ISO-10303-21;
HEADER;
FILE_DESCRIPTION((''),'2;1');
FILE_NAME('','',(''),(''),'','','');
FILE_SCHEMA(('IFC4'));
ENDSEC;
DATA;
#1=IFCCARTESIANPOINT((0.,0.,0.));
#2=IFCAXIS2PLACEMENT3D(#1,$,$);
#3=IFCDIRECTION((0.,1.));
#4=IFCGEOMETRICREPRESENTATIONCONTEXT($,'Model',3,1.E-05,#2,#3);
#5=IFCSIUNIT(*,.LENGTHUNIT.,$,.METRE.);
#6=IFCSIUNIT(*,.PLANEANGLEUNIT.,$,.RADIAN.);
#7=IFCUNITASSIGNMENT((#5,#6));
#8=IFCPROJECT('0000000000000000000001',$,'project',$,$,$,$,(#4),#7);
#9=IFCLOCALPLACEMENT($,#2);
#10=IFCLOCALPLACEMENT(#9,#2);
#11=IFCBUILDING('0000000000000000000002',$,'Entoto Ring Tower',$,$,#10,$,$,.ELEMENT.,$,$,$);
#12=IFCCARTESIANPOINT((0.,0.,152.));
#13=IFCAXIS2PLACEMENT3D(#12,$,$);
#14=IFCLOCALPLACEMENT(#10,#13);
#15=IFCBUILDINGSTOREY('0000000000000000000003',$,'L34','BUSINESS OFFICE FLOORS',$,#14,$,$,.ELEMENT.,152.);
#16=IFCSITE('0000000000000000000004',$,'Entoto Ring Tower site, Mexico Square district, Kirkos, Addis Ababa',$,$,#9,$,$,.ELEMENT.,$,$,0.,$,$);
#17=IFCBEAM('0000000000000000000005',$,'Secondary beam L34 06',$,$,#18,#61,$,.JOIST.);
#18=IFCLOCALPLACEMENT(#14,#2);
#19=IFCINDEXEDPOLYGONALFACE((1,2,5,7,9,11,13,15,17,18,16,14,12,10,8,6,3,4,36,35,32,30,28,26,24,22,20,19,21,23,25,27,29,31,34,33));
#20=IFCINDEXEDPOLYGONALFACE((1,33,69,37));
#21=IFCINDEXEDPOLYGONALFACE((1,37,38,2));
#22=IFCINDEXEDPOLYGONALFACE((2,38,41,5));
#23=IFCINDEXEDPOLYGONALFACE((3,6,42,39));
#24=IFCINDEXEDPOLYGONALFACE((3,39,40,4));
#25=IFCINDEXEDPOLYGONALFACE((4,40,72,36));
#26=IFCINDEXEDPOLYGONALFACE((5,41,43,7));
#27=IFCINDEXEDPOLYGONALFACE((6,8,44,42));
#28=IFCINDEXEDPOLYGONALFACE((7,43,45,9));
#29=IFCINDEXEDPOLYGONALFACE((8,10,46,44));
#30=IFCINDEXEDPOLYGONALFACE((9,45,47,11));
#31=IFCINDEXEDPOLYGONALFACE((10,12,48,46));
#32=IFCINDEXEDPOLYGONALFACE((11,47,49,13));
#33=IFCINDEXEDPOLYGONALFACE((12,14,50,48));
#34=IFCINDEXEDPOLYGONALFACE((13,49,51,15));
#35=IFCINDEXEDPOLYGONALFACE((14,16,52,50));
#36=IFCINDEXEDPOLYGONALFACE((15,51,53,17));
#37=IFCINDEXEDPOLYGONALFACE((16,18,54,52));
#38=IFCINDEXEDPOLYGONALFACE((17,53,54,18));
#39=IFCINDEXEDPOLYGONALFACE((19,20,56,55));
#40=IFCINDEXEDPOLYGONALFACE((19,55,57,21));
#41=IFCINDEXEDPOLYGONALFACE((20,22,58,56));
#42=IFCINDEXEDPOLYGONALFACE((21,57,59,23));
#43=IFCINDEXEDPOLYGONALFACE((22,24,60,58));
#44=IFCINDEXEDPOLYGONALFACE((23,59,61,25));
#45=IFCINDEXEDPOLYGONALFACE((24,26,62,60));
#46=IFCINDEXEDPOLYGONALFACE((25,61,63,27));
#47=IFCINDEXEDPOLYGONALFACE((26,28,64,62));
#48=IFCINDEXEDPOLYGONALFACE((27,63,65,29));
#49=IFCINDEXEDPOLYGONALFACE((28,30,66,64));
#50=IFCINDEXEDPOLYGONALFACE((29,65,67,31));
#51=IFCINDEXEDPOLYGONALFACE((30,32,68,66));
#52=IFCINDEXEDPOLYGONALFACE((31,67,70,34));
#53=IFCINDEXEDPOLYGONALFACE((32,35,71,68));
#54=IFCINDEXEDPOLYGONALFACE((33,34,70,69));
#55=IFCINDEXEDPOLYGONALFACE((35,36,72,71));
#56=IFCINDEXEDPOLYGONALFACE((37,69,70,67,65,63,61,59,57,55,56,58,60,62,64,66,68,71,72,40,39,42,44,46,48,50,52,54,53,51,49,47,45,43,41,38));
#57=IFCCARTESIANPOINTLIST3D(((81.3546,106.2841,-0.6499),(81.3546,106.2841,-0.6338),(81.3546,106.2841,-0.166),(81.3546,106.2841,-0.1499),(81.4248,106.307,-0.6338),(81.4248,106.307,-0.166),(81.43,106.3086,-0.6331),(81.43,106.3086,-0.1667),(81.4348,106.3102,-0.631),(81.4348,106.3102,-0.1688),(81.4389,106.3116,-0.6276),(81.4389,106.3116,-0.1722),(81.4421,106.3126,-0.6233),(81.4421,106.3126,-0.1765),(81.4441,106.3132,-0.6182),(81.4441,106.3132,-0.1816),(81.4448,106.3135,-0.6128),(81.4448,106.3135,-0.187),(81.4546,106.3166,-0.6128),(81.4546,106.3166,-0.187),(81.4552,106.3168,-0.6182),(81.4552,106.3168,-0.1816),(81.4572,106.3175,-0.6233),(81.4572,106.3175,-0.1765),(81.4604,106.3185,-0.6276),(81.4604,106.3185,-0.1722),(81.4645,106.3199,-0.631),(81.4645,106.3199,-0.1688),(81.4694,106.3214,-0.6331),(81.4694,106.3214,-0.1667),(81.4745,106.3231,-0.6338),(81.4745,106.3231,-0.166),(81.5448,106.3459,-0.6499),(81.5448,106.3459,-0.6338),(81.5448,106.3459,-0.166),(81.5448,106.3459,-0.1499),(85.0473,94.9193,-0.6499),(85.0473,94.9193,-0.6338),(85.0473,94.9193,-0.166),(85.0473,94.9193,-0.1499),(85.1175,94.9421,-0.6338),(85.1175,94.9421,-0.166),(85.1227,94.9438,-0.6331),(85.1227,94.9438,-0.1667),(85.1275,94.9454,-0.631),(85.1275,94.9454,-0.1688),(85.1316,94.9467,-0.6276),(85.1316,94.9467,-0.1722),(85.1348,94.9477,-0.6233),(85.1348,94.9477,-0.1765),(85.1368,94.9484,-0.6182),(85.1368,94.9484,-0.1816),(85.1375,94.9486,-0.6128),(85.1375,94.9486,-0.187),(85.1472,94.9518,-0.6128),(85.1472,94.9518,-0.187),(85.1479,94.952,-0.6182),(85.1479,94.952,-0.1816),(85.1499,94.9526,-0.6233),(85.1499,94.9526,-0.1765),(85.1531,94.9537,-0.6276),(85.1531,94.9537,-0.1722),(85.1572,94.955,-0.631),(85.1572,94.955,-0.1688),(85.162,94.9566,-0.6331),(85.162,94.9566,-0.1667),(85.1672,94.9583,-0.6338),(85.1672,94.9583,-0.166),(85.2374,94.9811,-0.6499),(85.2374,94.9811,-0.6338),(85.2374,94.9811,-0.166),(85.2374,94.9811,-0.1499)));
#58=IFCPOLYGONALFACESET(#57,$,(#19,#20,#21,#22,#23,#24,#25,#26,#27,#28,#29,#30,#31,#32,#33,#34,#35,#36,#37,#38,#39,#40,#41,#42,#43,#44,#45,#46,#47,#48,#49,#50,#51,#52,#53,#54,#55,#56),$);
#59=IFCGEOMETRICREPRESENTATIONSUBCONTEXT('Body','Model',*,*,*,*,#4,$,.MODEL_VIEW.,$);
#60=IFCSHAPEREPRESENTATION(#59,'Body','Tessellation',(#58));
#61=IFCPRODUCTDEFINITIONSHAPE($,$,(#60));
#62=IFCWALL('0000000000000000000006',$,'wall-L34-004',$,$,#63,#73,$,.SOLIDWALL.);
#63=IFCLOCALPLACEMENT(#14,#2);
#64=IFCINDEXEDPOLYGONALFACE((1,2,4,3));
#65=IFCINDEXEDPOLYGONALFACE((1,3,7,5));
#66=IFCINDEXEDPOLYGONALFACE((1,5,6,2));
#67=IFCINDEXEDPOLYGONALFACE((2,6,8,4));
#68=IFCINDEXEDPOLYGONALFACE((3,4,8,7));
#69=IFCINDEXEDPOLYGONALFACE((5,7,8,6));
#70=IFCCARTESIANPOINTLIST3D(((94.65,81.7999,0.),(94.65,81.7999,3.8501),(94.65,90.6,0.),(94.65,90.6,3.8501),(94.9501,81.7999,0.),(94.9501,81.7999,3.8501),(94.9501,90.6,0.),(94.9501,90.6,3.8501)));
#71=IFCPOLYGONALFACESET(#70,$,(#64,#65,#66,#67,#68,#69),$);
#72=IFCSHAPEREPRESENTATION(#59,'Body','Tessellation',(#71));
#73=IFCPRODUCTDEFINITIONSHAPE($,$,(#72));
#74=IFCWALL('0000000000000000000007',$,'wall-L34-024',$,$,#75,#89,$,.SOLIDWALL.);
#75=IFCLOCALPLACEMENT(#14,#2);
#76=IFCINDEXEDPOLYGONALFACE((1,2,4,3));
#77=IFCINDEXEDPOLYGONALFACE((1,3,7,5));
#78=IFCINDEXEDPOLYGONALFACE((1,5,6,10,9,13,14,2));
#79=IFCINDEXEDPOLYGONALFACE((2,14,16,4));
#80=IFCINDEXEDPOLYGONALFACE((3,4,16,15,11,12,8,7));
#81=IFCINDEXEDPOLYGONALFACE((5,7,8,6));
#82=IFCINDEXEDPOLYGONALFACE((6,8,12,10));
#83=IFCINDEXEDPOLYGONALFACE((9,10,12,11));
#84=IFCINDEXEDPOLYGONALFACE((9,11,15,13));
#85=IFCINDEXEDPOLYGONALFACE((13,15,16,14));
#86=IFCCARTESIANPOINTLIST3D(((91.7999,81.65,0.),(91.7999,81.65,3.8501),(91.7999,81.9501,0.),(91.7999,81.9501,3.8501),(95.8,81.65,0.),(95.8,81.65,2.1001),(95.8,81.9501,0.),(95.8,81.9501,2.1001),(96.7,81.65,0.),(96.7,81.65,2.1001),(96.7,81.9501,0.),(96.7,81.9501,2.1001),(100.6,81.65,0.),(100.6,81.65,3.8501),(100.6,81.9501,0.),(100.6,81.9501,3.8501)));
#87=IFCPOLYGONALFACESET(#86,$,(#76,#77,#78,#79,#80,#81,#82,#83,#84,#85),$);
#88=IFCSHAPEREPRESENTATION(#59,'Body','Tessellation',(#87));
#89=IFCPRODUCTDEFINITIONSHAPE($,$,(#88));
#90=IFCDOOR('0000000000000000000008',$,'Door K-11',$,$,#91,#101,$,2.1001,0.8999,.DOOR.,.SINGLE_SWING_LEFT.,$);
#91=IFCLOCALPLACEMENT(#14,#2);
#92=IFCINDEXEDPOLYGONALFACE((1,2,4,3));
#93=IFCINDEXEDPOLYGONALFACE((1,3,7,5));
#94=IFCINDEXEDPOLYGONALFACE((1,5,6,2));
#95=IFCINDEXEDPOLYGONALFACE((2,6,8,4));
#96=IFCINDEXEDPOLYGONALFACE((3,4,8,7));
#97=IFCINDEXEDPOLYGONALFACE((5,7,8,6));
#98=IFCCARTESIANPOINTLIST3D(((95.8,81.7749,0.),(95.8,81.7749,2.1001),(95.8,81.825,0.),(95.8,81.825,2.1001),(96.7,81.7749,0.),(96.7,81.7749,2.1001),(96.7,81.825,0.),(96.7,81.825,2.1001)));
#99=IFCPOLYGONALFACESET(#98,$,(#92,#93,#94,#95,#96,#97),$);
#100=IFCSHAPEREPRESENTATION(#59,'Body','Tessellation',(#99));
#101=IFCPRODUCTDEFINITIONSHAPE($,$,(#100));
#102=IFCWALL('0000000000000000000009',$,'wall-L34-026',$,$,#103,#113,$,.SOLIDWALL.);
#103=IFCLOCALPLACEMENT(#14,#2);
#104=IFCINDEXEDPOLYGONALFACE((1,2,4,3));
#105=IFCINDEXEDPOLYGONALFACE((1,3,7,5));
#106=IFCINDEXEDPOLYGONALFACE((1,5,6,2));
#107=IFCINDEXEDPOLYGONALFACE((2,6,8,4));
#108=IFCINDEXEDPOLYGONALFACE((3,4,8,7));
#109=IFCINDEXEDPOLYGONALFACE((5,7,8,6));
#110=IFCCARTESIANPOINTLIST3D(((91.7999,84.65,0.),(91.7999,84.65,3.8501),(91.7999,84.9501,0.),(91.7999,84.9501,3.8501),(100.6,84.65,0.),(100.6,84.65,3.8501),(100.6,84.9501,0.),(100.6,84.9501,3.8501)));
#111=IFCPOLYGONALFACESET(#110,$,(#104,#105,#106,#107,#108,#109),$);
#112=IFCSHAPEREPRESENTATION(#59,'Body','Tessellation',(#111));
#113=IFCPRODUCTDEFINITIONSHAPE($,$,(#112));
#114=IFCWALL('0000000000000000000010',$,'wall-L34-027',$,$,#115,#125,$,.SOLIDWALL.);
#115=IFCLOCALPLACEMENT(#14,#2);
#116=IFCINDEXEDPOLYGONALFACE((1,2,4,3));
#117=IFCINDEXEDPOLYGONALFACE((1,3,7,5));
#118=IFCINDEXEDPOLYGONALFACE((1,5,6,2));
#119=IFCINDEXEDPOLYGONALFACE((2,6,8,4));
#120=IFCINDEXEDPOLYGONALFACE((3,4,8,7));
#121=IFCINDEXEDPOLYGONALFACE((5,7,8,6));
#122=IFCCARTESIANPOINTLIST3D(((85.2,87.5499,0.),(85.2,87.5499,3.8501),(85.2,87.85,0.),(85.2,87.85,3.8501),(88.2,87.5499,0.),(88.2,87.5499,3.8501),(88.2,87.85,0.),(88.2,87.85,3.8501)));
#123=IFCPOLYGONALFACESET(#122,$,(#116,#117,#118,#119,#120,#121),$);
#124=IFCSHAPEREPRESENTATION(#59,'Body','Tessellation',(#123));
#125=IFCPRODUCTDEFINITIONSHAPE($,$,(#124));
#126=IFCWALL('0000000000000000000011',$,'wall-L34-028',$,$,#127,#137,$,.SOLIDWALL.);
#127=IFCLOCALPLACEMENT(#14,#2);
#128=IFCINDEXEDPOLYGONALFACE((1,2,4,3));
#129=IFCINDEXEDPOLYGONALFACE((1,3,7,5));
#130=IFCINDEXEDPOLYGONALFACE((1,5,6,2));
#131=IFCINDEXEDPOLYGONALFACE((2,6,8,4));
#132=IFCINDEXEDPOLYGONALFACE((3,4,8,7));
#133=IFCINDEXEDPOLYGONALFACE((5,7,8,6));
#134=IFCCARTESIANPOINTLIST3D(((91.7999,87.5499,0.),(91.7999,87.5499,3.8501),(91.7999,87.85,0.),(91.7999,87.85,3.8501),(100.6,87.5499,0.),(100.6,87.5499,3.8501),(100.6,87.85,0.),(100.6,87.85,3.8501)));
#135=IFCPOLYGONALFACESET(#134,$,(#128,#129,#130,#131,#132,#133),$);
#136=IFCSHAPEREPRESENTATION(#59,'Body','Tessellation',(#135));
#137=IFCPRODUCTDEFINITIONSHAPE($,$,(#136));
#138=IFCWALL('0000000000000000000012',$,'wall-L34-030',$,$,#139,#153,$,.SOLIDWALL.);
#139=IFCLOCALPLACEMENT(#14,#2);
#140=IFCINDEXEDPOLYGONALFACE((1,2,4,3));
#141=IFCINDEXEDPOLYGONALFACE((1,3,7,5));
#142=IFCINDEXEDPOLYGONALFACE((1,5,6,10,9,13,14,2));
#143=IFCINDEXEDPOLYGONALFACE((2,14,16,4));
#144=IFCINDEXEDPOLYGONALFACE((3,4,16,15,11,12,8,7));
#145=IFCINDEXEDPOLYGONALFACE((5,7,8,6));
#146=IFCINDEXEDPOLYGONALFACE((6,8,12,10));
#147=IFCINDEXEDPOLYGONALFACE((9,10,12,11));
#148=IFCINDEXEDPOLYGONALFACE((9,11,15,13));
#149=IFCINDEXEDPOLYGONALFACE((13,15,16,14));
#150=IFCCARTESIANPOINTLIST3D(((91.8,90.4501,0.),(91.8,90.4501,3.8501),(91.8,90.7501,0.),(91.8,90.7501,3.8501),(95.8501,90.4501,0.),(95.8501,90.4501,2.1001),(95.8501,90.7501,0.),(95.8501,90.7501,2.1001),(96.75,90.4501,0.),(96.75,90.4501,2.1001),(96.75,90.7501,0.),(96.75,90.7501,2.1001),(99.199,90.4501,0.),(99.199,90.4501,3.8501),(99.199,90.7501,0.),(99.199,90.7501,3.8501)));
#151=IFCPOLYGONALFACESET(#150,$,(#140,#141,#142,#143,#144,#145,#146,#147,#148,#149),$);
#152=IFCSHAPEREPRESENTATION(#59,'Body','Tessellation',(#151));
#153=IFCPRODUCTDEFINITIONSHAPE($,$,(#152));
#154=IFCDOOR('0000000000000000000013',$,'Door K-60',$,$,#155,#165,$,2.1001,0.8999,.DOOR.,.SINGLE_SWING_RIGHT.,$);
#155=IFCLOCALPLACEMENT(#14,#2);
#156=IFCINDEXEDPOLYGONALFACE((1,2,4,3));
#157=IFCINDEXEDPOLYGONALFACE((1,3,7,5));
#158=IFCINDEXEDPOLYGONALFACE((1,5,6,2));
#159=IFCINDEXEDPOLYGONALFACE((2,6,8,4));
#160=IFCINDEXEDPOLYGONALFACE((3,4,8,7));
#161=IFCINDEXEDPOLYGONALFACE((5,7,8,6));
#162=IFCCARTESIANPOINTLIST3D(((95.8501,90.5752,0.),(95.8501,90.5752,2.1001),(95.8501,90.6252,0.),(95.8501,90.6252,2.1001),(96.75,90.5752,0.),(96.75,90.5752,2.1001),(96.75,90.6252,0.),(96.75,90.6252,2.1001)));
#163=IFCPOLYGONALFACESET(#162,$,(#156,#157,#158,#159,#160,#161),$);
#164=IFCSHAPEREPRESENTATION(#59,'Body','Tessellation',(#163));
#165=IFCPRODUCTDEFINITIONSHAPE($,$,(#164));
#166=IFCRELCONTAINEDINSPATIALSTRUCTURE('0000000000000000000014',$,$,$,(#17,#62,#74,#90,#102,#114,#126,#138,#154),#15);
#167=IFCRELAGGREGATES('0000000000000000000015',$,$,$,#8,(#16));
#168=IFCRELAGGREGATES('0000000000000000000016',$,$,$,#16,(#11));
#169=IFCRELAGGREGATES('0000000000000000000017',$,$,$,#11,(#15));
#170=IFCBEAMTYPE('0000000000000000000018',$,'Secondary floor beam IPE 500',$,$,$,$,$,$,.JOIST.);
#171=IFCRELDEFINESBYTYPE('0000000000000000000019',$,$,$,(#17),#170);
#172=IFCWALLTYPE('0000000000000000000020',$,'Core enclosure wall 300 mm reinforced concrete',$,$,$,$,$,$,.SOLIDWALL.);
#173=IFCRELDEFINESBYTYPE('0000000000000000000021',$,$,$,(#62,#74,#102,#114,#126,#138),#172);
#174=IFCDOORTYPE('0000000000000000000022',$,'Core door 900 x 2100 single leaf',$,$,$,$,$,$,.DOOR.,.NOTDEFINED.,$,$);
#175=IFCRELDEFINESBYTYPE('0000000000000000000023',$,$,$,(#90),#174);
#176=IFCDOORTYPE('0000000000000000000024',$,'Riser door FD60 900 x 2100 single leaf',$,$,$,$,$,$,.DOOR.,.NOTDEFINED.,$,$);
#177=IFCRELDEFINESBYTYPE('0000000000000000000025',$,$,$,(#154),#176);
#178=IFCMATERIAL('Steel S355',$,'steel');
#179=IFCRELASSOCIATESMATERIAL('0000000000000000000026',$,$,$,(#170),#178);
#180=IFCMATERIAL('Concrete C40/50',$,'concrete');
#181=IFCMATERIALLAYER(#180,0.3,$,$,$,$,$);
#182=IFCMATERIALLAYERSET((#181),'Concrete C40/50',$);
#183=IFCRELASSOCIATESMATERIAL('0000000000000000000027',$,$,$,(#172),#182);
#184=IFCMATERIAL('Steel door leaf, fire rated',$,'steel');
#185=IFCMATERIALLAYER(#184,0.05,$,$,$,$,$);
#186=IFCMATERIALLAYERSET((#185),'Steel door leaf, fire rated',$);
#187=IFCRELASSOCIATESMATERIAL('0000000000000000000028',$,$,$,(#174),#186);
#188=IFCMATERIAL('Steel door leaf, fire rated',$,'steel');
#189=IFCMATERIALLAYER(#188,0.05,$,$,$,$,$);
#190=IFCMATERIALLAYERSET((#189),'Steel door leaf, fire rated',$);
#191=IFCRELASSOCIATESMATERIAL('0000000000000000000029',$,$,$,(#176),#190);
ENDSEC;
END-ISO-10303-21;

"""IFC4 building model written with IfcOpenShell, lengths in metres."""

from ifc_helpers import new_model, si_unit, direction, frame, frame_2d, origin, origin_2d, place, context, subcontext, project, spatial, rectangle, i_section, extrude, material, layer, layer_set, material_profile, profile_set, type_object, element, fill, save


model = new_model("IFC4")

# Units and contexts
model_context = context("Model", 3, precision=1e-05, world=origin(), true_north=direction((0.0, 1.0)))
body_context = subcontext(model_context, "Body", "Model", "MODEL_VIEW")
ifc_project = project(units=[si_unit("LENGTHUNIT", "METRE"), si_unit("PLANEANGLEUNIT", "RADIAN")], contexts=[model_context])

# Site, building, storey
site_placement = place(None, origin())
site = spatial("IfcSite", under=ifc_project, at=site_placement, Name="Entoto Ring Tower site, Mexico Square district, Kirkos, Addis Ababa", CompositionType="ELEMENT", RefElevation=0.0)
building_placement = place(site_placement, origin())
building = spatial("IfcBuilding", under=site, at=building_placement, Name="Entoto Ring Tower", CompositionType="ELEMENT")
storey_placement = place(building_placement, frame((0.0, 0.0, 152.0)))
storey = spatial("IfcBuildingStorey", under=building, at=storey_placement, Name="L34", Description="BUSINESS OFFICE FLOORS", CompositionType="ELEMENT", Elevation=152.0)

# Beam
ifc_material_1 = material(Name="Steel S355", Category="steel")
ifc_material_profile_1 = material_profile(ifc_material_1, i_section(OverallWidth=0.2, OverallDepth=0.5, WebThickness=0.0103, FlangeThickness=0.0161, FilletRadius=0.021, at=origin_2d()), Name="IPE 500")
ifc_profile_set_1 = profile_set([ifc_material_profile_1], Name="Steel S355")
beam_type_1 = type_object("IfcBeamType", Name="Secondary floor beam IPE 500", PredefinedType="JOIST", material=ifc_profile_set_1)
beam_1_placement = place(storey_placement, frame((85.1423, 94.9502, -0.3999), z_axis=(-0.309017, 0.951057, 0.0), x_axis=(-0.951057, -0.309017, 0.0)))
element("IfcBeam", 1, at=beam_1_placement, inside=storey, type_object=beam_type_1, Name="Secondary beam L34 06", PredefinedType="JOIST", context=body_context, shape_type="SweptSolid", body=[
    extrude(i_section(OverallWidth=0.2, OverallDepth=0.5, WebThickness=0.0103, FlangeThickness=0.0161, FilletRadius=0.021, at=origin_2d()), origin(), (0.0, 0.0, 1.0), 11.9497),
])

# Wall
ifc_material_2 = material(Name="Concrete C40/50", Category="concrete")
ifc_layer_1 = layer(ifc_material_2, 0.3)
ifc_layer_set_1 = layer_set([ifc_layer_1], Name="Concrete C40/50")
wall_type_1 = type_object("IfcWallType", Name="Core enclosure wall 300 mm reinforced concrete", PredefinedType="SOLIDWALL", material=ifc_layer_set_1)
wall_1_placement = place(storey_placement, frame((94.8, 81.8, 0.0), z_axis=(0.0, 0.0, 1.0), x_axis=(0.0, 1.0, 0.0)))
element("IfcWall", 2, at=wall_1_placement, inside=storey, type_object=wall_type_1, Name="wall-L34-004", PredefinedType="SOLIDWALL", context=body_context, shape_type="SweptSolid", body=[
    extrude(rectangle(XDim=8.8, YDim=0.3, at=frame_2d((4.3999, 0.0))), origin(), (0.0, 0.0, 1.0), 3.8501),
])

# Wall, opening, door
wall_2_placement = place(storey_placement, frame((91.8, 81.8, 0.0), z_axis=(0.0, 0.0, 1.0), x_axis=(1.0, 0.0, 0.0)))
wall_2 = element("IfcWall", 3, at=wall_2_placement, inside=storey, type_object=wall_type_1, Name="wall-L34-024", PredefinedType="SOLIDWALL", context=body_context, shape_type="SweptSolid", body=[
    extrude(rectangle(XDim=8.8, YDim=0.3, at=frame_2d((4.3999, 0.0))), origin(), (0.0, 0.0, 1.0), 3.8501),
])
opening_1_placement = place(wall_2_placement, frame((4.0, 0.0, 0.0)))
opening_1 = element("IfcOpeningElement", 4, at=opening_1_placement, cuts=wall_2, PredefinedType="OPENING", context=body_context, shape_type="SweptSolid", body=[
    extrude(rectangle(XDim=0.8999, YDim=2.1001, at=frame_2d((0.45, 1.05))), frame((0.0, 0.1602, 0.0), z_axis=(0.0, -1.0, 0.0), x_axis=(1.0, 0.0, 0.0)), (0.0, 0.0, 1.0), 0.3201),
])
ifc_material_3 = material(Name="Steel door leaf, fire rated", Category="steel")
ifc_layer_2 = layer(ifc_material_3, 0.05)
ifc_layer_set_2 = layer_set([ifc_layer_2], Name="Steel door leaf, fire rated")
door_type_1 = type_object("IfcDoorType", Name="Core door 900 x 2100 single leaf", OperationType="NOTDEFINED", PredefinedType="DOOR", material=ifc_layer_set_2)
door_1_placement = place(opening_1_placement, origin())
door_1 = element("IfcDoor", 5, at=door_1_placement, inside=storey, type_object=door_type_1, Name="Door K-11", OperationType="SINGLE_SWING_LEFT", OverallHeight=2.1001, OverallWidth=0.8999, PredefinedType="DOOR", context=body_context, shape_type="SweptSolid", body=[
    extrude(rectangle(XDim=0.8999, YDim=2.1001, at=frame_2d((0.45, 1.05))), frame((0.0, 0.0249, 0.0), z_axis=(0.0, -1.0, 0.0), x_axis=(1.0, 0.0, 0.0)), (0.0, 0.0, 1.0), 0.05),
])
fill(opening_1, door_1)

# Walls
wall_3_placement = place(storey_placement, frame((91.8, 84.8, 0.0), z_axis=(0.0, 0.0, 1.0), x_axis=(1.0, 0.0, 0.0)))
element("IfcWall", 6, at=wall_3_placement, inside=storey, type_object=wall_type_1, Name="wall-L34-026", PredefinedType="SOLIDWALL", context=body_context, shape_type="SweptSolid", body=[
    extrude(rectangle(XDim=8.8, YDim=0.3, at=frame_2d((4.3999, 0.0))), origin(), (0.0, 0.0, 1.0), 3.8501),
])
wall_4_placement = place(storey_placement, frame((85.2, 87.7, 0.0), z_axis=(0.0, 0.0, 1.0), x_axis=(1.0, 0.0, 0.0)))
element("IfcWall", 7, at=wall_4_placement, inside=storey, type_object=wall_type_1, Name="wall-L34-027", PredefinedType="SOLIDWALL", context=body_context, shape_type="SweptSolid", body=[
    extrude(rectangle(XDim=3.0, YDim=0.3, at=frame_2d((1.5, 0.0))), origin(), (0.0, 0.0, 1.0), 3.8501),
])
wall_5_placement = place(storey_placement, frame((91.8, 87.7, 0.0), z_axis=(0.0, 0.0, 1.0), x_axis=(1.0, 0.0, 0.0)))
element("IfcWall", 8, at=wall_5_placement, inside=storey, type_object=wall_type_1, Name="wall-L34-028", PredefinedType="SOLIDWALL", context=body_context, shape_type="SweptSolid", body=[
    extrude(rectangle(XDim=8.8, YDim=0.3, at=frame_2d((4.3999, 0.0))), origin(), (0.0, 0.0, 1.0), 3.8501),
])

# Wall, opening, door
wall_6_placement = place(storey_placement, frame((91.8, 90.6001, 0.0), z_axis=(0.0, 0.0, 1.0), x_axis=(1.0, 0.0, 0.0)))
wall_6 = element("IfcWall", 9, at=wall_6_placement, inside=storey, type_object=wall_type_1, Name="wall-L34-030", PredefinedType="SOLIDWALL", context=body_context, shape_type="SweptSolid", body=[
    extrude(rectangle(XDim=7.3989, YDim=0.3, at=frame_2d((3.6995, 0.0))), origin(), (0.0, 0.0, 1.0), 3.8501),
])
opening_2_placement = place(wall_6_placement, frame((4.05, 0.0, 0.0)))
opening_2 = element("IfcOpeningElement", 10, at=opening_2_placement, cuts=wall_6, PredefinedType="OPENING", context=body_context, shape_type="SweptSolid", body=[
    extrude(rectangle(XDim=0.8999, YDim=2.1001, at=frame_2d((0.45, 1.05))), frame((0.0, 0.1602, 0.0), z_axis=(0.0, -1.0, 0.0), x_axis=(1.0, 0.0, 0.0)), (0.0, 0.0, 1.0), 0.3201),
])
ifc_material_4 = material(Name="Steel door leaf, fire rated", Category="steel")
ifc_layer_3 = layer(ifc_material_4, 0.05)
ifc_layer_set_3 = layer_set([ifc_layer_3], Name="Steel door leaf, fire rated")
door_type_2 = type_object("IfcDoorType", Name="Riser door FD60 900 x 2100 single leaf", OperationType="NOTDEFINED", PredefinedType="DOOR", material=ifc_layer_set_3)
door_2_placement = place(opening_2_placement, frame((0.8999, 0.0, 0.0), z_axis=(0.0, 0.0, 1.0), x_axis=(-1.0, 0.0, 0.0)))
door_2 = element("IfcDoor", 11, at=door_2_placement, inside=storey, type_object=door_type_2, Name="Door K-60", OperationType="SINGLE_SWING_RIGHT", OverallHeight=2.1001, OverallWidth=0.8999, PredefinedType="DOOR", context=body_context, shape_type="SweptSolid", body=[
    extrude(rectangle(XDim=0.8999, YDim=2.1001, at=frame_2d((0.45, 1.05))), frame((0.0, 0.0249, 0.0), z_axis=(0.0, -1.0, 0.0), x_axis=(1.0, 0.0, 0.0)), (0.0, 0.0, 1.0), 0.05),
])
fill(opening_2, door_2)

save(model, "model.ifc")
